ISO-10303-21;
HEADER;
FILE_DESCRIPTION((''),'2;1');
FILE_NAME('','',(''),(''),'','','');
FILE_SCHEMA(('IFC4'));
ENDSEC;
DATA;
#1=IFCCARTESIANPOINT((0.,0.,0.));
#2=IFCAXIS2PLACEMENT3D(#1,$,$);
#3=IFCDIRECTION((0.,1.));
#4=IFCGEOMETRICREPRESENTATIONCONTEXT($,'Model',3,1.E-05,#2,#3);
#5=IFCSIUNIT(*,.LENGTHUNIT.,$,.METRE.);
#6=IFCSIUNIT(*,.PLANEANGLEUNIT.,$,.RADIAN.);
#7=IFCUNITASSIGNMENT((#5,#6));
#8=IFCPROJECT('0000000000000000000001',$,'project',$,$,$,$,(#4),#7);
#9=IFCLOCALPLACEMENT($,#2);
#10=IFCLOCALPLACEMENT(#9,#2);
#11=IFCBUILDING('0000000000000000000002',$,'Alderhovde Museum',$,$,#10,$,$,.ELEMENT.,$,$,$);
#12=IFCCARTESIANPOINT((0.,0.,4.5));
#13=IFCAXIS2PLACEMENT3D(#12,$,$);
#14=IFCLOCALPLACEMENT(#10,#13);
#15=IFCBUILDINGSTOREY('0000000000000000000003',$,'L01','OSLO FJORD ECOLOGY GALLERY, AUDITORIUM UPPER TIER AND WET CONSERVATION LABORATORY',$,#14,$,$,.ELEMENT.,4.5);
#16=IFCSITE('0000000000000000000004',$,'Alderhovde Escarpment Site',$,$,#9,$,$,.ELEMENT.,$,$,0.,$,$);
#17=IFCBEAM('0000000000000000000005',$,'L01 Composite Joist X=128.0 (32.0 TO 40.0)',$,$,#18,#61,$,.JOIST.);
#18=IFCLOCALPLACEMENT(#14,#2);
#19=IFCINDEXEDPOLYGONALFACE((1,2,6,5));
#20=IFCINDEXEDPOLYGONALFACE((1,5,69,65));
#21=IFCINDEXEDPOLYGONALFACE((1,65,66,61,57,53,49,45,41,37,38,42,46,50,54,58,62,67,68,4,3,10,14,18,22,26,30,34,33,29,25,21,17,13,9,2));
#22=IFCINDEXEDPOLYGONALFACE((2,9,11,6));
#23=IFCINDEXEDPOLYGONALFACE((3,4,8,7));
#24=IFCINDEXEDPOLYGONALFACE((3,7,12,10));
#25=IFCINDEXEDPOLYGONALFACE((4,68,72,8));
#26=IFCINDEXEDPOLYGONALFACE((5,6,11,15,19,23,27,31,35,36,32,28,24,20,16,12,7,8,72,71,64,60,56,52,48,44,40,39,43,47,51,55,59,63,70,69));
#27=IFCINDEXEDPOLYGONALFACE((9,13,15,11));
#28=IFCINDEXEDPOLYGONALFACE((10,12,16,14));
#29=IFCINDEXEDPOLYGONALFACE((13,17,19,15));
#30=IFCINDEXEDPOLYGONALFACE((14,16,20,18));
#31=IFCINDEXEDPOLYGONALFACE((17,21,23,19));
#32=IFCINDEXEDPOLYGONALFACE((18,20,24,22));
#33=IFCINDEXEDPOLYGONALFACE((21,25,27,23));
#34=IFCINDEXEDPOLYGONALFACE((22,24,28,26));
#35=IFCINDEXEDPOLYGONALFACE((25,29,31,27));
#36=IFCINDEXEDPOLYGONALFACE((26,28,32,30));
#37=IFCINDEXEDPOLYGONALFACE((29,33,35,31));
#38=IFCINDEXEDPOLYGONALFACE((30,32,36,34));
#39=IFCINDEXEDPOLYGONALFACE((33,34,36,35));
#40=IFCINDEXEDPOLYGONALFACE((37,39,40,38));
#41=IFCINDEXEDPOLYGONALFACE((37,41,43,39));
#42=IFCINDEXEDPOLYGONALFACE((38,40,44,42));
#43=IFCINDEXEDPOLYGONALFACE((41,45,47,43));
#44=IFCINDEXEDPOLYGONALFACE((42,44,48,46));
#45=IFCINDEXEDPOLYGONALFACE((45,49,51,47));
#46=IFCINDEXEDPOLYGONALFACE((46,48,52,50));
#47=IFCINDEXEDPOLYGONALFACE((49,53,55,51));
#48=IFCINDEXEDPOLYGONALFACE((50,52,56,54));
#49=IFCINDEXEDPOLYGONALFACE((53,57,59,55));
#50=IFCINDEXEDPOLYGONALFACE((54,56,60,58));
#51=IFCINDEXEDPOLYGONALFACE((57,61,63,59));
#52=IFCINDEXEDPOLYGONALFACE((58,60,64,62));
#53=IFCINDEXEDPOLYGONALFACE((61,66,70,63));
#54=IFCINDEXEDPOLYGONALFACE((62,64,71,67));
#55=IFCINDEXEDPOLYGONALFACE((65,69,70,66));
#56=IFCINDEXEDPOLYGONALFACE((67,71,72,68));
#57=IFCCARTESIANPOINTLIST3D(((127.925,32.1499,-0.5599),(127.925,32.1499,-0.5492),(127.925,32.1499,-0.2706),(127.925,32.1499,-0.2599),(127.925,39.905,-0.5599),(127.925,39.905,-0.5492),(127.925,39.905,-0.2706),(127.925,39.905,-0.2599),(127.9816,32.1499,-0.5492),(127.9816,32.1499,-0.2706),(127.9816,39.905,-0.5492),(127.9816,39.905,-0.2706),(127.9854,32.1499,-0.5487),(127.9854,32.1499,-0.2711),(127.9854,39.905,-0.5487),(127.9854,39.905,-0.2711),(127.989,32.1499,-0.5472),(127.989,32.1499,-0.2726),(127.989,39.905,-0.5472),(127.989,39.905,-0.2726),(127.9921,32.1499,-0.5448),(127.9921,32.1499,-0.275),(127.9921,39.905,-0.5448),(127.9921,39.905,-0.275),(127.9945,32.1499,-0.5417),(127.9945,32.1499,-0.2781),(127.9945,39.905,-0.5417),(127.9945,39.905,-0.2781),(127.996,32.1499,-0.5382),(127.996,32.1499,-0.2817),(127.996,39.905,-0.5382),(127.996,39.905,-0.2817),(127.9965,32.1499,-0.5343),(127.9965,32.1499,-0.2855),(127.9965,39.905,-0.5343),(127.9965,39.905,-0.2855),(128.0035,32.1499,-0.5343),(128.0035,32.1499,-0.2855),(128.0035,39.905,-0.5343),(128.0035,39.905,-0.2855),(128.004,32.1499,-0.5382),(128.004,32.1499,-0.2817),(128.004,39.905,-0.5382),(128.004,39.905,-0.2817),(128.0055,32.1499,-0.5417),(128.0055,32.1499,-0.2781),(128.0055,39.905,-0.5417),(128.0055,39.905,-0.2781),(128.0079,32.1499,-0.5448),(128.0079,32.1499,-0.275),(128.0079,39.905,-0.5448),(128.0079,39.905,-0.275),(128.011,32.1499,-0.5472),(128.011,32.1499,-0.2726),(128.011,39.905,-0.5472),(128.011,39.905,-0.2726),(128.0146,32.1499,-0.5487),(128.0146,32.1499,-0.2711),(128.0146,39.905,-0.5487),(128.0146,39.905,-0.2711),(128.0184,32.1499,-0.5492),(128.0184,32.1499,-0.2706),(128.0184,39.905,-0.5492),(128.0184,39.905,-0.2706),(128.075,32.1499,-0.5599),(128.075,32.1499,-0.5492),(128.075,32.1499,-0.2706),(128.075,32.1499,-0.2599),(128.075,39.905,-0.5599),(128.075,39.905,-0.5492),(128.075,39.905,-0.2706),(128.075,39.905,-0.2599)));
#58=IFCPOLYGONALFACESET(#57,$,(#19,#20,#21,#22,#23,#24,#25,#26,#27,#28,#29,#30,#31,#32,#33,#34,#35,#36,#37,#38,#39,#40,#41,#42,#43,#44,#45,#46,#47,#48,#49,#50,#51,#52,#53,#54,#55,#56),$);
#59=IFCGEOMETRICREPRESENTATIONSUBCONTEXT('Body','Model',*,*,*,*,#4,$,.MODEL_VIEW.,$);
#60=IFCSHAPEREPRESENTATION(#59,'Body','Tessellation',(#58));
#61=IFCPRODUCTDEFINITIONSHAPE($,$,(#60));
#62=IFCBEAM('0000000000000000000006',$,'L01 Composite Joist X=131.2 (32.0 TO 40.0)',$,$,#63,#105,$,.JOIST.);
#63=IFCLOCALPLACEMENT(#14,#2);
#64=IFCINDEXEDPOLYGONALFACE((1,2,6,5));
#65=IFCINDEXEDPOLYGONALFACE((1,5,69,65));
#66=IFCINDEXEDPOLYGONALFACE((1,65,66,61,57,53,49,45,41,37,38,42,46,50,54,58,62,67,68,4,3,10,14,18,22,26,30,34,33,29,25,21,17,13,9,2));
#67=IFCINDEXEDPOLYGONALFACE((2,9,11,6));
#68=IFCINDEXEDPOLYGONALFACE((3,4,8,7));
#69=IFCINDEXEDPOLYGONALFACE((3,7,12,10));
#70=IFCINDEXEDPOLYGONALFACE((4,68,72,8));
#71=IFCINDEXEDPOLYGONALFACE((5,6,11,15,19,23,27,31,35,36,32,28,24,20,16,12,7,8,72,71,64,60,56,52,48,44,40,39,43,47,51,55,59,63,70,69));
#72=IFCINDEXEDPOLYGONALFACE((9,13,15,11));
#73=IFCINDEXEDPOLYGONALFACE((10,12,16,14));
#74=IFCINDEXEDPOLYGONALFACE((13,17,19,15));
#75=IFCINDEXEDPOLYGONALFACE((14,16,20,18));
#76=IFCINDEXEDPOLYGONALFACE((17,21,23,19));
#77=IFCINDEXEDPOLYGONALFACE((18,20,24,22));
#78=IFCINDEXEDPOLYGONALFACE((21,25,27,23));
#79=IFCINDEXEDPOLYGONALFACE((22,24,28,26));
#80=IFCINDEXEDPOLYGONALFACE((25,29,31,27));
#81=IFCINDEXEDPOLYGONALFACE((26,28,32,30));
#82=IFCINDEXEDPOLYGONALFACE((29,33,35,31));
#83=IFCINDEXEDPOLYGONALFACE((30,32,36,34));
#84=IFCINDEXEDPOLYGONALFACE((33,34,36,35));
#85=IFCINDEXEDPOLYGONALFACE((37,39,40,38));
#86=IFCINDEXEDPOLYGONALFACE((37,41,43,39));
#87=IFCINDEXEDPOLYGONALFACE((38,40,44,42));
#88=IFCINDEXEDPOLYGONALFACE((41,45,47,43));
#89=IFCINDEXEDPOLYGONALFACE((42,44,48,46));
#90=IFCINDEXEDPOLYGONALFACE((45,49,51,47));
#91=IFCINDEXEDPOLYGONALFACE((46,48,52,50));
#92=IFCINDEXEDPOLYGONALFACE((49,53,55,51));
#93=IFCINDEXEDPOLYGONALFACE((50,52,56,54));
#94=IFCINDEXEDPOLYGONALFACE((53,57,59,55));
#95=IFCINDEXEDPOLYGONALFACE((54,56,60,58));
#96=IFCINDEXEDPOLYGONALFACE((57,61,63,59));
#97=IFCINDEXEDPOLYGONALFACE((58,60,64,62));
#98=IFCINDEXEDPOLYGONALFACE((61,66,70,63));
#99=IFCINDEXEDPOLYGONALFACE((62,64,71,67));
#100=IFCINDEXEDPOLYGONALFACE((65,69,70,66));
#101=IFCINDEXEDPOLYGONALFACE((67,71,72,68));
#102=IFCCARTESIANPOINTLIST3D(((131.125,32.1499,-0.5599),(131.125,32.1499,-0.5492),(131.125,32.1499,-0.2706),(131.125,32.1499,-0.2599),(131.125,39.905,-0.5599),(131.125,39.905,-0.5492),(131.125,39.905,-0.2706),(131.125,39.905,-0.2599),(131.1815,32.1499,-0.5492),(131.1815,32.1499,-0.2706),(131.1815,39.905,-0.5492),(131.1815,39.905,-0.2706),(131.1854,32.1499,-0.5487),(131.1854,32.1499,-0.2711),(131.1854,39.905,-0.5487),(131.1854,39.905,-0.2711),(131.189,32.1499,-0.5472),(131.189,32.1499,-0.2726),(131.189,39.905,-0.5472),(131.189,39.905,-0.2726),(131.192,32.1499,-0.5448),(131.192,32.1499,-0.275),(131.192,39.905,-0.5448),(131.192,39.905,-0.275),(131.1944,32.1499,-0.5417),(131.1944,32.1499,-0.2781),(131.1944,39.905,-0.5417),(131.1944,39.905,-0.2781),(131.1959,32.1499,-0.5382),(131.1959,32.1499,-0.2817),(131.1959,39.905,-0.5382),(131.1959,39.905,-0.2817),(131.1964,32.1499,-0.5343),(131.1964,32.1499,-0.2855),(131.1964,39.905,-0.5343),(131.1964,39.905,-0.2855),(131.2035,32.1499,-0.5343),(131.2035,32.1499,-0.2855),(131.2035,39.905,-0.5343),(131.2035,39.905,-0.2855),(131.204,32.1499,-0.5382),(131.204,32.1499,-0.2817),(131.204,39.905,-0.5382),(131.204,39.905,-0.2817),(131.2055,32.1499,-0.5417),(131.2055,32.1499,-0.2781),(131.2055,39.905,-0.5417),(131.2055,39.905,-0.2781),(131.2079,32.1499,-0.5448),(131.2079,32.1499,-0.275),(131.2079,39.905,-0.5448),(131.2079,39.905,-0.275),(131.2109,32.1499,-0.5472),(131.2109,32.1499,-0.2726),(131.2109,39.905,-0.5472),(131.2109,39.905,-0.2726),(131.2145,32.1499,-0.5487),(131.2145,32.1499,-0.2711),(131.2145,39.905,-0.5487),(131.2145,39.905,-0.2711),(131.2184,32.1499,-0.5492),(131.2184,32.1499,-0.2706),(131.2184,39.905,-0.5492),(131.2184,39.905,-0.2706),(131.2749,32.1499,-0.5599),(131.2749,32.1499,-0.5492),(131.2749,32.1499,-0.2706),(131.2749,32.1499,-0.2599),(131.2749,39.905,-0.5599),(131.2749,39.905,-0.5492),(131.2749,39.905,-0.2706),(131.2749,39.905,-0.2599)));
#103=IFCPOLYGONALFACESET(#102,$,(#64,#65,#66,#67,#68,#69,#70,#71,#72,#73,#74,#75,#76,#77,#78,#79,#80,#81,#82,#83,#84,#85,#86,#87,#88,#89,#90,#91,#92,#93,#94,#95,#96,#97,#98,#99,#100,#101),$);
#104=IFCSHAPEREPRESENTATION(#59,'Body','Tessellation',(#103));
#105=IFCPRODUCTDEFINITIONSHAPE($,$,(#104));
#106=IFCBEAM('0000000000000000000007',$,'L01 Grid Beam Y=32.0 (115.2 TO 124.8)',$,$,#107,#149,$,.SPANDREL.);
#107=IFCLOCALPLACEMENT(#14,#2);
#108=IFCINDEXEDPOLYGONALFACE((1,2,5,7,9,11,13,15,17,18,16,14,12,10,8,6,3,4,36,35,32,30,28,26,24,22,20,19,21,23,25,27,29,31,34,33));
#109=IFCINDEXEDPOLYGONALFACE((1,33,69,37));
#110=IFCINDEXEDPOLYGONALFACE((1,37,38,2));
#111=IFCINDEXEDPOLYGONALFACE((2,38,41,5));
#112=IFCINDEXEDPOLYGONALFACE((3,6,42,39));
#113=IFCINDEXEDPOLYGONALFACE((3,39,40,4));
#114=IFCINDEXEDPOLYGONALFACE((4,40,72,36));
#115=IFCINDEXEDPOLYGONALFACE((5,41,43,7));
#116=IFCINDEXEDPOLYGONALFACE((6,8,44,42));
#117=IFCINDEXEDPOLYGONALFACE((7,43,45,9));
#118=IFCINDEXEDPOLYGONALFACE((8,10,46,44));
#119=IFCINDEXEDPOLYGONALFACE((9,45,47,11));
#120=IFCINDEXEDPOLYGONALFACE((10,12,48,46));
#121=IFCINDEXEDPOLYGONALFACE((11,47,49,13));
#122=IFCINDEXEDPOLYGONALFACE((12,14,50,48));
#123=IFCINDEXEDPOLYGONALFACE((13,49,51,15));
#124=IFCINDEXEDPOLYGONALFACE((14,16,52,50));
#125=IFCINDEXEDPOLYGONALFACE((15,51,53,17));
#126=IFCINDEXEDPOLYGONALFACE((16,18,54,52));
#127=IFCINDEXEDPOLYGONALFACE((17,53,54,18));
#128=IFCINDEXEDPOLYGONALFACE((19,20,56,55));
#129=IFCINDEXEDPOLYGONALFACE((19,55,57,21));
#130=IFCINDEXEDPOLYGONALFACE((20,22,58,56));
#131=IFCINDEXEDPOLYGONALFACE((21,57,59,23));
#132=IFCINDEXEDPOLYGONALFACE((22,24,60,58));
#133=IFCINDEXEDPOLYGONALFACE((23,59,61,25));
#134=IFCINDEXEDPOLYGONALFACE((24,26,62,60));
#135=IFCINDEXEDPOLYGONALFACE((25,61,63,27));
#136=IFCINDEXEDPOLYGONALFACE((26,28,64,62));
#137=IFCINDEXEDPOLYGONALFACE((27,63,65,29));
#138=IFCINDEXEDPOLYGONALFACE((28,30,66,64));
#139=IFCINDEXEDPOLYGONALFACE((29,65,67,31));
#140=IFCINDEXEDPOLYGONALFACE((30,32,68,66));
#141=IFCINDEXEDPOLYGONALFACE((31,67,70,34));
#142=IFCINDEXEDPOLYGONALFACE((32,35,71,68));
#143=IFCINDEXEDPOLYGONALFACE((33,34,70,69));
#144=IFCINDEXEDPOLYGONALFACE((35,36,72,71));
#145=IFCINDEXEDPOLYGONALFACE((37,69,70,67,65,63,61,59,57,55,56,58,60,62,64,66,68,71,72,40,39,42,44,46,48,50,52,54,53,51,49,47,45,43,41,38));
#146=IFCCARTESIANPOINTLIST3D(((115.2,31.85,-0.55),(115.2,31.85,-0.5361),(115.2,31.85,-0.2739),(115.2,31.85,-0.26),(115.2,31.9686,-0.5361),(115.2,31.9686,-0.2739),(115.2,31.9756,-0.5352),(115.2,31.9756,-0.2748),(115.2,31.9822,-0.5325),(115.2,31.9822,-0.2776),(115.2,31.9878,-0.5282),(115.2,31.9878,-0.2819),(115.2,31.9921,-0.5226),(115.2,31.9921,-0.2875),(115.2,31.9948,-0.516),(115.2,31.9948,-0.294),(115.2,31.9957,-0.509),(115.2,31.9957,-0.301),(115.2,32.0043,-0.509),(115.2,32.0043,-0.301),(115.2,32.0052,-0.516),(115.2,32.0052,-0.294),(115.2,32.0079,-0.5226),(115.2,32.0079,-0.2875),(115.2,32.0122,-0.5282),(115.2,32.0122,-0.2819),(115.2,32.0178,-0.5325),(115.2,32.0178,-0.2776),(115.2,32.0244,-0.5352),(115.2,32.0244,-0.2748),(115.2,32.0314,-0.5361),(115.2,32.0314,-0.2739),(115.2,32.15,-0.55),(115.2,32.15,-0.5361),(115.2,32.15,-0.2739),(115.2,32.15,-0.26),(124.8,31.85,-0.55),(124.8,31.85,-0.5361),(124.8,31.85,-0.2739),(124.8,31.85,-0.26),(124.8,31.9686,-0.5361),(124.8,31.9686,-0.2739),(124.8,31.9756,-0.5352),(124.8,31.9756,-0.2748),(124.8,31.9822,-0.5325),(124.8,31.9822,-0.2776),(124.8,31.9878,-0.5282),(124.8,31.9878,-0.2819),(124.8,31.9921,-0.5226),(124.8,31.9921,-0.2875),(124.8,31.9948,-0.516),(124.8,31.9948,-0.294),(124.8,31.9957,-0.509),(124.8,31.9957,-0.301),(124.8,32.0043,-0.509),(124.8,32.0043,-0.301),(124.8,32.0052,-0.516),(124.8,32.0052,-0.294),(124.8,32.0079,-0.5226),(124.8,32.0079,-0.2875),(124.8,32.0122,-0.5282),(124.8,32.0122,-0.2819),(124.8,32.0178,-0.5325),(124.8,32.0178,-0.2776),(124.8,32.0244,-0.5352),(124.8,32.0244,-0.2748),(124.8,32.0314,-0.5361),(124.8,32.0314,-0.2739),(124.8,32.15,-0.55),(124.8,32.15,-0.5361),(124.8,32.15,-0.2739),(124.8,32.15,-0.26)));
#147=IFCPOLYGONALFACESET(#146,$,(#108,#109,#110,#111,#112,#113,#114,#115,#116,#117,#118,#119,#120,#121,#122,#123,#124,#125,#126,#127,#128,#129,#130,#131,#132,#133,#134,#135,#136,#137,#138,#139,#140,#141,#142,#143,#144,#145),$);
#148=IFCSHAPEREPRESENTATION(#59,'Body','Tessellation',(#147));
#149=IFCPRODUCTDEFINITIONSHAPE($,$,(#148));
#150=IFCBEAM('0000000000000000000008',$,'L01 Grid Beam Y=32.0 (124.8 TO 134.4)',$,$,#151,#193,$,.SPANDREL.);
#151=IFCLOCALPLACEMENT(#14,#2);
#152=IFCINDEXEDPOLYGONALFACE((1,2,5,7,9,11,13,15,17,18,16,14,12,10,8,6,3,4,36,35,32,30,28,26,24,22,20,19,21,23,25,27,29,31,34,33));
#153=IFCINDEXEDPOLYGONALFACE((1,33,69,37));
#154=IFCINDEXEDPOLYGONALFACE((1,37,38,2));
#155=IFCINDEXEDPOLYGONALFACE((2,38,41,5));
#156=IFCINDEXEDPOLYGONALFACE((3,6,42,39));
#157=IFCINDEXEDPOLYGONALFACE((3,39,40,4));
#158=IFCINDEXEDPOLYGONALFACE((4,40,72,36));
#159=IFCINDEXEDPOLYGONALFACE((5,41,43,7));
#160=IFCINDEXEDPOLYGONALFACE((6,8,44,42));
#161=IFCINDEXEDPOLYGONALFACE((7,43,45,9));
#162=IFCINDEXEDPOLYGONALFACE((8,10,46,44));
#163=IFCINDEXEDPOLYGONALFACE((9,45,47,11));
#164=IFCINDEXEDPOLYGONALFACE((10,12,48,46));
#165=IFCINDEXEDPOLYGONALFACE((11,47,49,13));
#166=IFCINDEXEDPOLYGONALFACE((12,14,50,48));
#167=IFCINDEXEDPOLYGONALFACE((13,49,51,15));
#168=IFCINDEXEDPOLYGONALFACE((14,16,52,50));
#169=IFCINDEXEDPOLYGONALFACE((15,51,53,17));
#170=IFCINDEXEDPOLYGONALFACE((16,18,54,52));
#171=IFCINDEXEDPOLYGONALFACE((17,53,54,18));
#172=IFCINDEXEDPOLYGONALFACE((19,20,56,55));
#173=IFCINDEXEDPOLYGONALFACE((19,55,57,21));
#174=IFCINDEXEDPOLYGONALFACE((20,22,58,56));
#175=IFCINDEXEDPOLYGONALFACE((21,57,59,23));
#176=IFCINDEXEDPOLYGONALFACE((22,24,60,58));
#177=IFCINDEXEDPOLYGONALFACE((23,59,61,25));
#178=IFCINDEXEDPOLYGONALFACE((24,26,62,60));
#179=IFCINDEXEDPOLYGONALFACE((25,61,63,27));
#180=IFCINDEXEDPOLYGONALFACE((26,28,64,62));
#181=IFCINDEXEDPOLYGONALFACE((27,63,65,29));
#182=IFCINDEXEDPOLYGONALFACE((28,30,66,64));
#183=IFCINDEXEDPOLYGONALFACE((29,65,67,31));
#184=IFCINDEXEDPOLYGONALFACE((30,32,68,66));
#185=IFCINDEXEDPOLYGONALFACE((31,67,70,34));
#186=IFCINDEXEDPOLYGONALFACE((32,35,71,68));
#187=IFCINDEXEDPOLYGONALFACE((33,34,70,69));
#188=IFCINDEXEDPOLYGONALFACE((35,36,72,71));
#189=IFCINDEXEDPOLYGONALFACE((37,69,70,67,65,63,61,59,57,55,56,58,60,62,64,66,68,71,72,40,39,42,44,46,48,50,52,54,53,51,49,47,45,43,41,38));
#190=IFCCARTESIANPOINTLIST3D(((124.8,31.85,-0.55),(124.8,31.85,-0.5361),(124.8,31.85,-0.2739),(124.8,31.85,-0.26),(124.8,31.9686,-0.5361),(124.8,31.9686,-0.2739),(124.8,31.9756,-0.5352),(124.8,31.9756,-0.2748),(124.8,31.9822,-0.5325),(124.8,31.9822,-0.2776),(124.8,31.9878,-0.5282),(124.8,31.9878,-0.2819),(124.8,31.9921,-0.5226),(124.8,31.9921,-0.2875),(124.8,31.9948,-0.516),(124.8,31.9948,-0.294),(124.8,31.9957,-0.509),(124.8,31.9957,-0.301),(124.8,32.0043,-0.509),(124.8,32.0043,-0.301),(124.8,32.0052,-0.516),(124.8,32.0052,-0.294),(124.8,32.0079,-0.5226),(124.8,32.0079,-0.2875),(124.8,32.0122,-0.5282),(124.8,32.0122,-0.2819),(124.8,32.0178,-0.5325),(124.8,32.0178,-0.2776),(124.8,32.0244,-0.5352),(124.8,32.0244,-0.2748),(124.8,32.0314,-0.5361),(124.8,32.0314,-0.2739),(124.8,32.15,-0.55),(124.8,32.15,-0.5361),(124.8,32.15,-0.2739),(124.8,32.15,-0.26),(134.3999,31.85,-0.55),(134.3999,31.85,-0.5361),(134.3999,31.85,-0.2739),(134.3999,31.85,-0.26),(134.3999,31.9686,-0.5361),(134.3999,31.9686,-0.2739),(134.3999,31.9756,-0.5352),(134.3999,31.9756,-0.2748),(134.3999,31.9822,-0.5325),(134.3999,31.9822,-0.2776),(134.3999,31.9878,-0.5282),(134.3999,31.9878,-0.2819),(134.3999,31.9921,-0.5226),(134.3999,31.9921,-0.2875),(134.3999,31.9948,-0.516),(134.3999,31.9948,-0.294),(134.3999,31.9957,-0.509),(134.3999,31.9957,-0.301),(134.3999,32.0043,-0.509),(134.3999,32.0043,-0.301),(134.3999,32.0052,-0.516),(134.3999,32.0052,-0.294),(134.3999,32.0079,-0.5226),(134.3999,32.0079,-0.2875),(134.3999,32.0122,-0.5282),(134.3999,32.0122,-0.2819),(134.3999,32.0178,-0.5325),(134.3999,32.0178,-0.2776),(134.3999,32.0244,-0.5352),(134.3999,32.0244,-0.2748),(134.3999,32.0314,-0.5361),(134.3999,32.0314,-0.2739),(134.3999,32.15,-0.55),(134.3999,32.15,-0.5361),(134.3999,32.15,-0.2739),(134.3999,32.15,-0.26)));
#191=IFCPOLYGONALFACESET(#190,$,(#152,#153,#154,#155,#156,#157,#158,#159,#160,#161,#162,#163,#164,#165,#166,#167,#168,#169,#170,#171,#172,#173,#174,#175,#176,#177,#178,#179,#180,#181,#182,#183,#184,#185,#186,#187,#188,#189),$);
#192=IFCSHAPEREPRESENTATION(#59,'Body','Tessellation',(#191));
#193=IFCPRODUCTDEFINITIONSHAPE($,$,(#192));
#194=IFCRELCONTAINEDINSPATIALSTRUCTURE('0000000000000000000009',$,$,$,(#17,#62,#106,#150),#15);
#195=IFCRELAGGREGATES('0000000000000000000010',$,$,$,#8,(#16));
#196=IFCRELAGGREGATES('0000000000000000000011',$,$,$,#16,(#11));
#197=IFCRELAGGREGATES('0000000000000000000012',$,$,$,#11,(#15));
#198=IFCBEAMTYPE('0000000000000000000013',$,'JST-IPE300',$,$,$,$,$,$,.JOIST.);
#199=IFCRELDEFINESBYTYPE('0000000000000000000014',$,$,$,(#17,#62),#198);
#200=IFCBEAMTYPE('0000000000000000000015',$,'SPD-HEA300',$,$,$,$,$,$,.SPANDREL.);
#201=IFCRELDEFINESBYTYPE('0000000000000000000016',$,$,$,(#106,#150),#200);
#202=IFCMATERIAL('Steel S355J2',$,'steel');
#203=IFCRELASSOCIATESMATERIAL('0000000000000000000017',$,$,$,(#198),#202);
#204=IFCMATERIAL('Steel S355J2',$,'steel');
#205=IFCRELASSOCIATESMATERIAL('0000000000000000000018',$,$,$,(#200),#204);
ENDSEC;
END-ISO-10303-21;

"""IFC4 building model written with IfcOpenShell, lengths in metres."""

from ifc_helpers import new_model, si_unit, direction, frame, origin, origin_2d, place, context, subcontext, project, spatial, i_section, extrude, material, material_profile, profile_set, type_object, element, save


model = new_model("IFC4")

# Units and contexts
model_context = context("Model", 3, precision=1e-05, world=origin(), true_north=direction((0.0, 1.0)))
body_context = subcontext(model_context, "Body", "Model", "MODEL_VIEW")
ifc_project = project(units=[si_unit("LENGTHUNIT", "METRE"), si_unit("PLANEANGLEUNIT", "RADIAN")], contexts=[model_context])

# Site, building, storey
site_placement = place(None, origin())
site = spatial("IfcSite", under=ifc_project, at=site_placement, Name="Alderhovde Escarpment Site", CompositionType="ELEMENT", RefElevation=0.0)
building_placement = place(site_placement, origin())
building = spatial("IfcBuilding", under=site, at=building_placement, Name="Alderhovde Museum", CompositionType="ELEMENT")
storey_placement = place(building_placement, frame((0.0, 0.0, 4.5)))
storey = spatial("IfcBuildingStorey", under=building, at=storey_placement, Name="L01", Description="OSLO FJORD ECOLOGY GALLERY, AUDITORIUM UPPER TIER AND WET CONSERVATION LABORATORY", CompositionType="ELEMENT", Elevation=4.5)

# Beams
ifc_material_1 = material(Name="Steel S355J2", Category="steel")
ifc_material_profile_1 = material_profile(ifc_material_1, i_section(OverallWidth=0.1499, OverallDepth=0.3, WebThickness=0.0071, FlangeThickness=0.0107, FilletRadius=0.0149, at=origin_2d()), Name="IPE 300")
ifc_profile_set_1 = profile_set([ifc_material_profile_1], Name="Steel S355J2")
beam_type_1 = type_object("IfcBeamType", Name="JST-IPE300", PredefinedType="JOIST", material=ifc_profile_set_1)
for number, where, z_axis, x_axis, name in (
    (1, (128.0, 32.1499, -0.4099), (0.0, 1.0, 0.0), (-1.0, 0.0, 0.0), "L01 Composite Joist X=128.0 (32.0 TO 40.0)"),
    (2, (131.2, 32.1499, -0.4099), (0.0, 1.0, 0.0), (-1.0, 0.0, 0.0), "L01 Composite Joist X=131.2 (32.0 TO 40.0)"),
):
    element("IfcBeam", number, at=place(storey_placement, frame(where, z_axis=z_axis, x_axis=x_axis)), inside=storey, type_object=beam_type_1, Name=name, PredefinedType="JOIST", context=body_context, shape_type="SweptSolid", body=[
        extrude(i_section(OverallWidth=0.1499, OverallDepth=0.3, WebThickness=0.0071, FlangeThickness=0.0107, FilletRadius=0.0149, at=origin_2d()), origin(), (0.0, 0.0, 1.0), 7.7551),
    ])
ifc_material_2 = material(Name="Steel S355J2", Category="steel")
ifc_material_profile_2 = material_profile(ifc_material_2, i_section(OverallWidth=0.3, OverallDepth=0.29, WebThickness=0.0085, FlangeThickness=0.0139, FilletRadius=0.0271, at=origin_2d()), Name="HEA 300")
ifc_profile_set_2 = profile_set([ifc_material_profile_2], Name="Steel S355J2")
beam_type_2 = type_object("IfcBeamType", Name="SPD-HEA300", PredefinedType="SPANDREL", material=ifc_profile_set_2)
beam_1_placement = place(storey_placement, frame((115.2, 32.0, -0.405), z_axis=(1.0, 0.0, 0.0), x_axis=(0.0, 1.0, 0.0)))
element("IfcBeam", 3, at=beam_1_placement, inside=storey, type_object=beam_type_2, Name="L01 Grid Beam Y=32.0 (115.2 TO 124.8)", PredefinedType="SPANDREL", context=body_context, shape_type="SweptSolid", body=[
    extrude(i_section(OverallWidth=0.3, OverallDepth=0.29, WebThickness=0.0085, FlangeThickness=0.0139, FilletRadius=0.0271, at=origin_2d()), origin(), (0.0, 0.0, 1.0), 9.6001),
])
beam_2_placement = place(storey_placement, frame((124.8, 32.0, -0.405), z_axis=(1.0, 0.0, 0.0), x_axis=(0.0, 1.0, 0.0)))
element("IfcBeam", 4, at=beam_2_placement, inside=storey, type_object=beam_type_2, Name="L01 Grid Beam Y=32.0 (124.8 TO 134.4)", PredefinedType="SPANDREL", context=body_context, shape_type="SweptSolid", body=[
    extrude(i_section(OverallWidth=0.3, OverallDepth=0.29, WebThickness=0.0085, FlangeThickness=0.0139, FilletRadius=0.0271, at=origin_2d()), origin(), (0.0, 0.0, 1.0), 9.5999),
])

save(model, "model.ifc")
